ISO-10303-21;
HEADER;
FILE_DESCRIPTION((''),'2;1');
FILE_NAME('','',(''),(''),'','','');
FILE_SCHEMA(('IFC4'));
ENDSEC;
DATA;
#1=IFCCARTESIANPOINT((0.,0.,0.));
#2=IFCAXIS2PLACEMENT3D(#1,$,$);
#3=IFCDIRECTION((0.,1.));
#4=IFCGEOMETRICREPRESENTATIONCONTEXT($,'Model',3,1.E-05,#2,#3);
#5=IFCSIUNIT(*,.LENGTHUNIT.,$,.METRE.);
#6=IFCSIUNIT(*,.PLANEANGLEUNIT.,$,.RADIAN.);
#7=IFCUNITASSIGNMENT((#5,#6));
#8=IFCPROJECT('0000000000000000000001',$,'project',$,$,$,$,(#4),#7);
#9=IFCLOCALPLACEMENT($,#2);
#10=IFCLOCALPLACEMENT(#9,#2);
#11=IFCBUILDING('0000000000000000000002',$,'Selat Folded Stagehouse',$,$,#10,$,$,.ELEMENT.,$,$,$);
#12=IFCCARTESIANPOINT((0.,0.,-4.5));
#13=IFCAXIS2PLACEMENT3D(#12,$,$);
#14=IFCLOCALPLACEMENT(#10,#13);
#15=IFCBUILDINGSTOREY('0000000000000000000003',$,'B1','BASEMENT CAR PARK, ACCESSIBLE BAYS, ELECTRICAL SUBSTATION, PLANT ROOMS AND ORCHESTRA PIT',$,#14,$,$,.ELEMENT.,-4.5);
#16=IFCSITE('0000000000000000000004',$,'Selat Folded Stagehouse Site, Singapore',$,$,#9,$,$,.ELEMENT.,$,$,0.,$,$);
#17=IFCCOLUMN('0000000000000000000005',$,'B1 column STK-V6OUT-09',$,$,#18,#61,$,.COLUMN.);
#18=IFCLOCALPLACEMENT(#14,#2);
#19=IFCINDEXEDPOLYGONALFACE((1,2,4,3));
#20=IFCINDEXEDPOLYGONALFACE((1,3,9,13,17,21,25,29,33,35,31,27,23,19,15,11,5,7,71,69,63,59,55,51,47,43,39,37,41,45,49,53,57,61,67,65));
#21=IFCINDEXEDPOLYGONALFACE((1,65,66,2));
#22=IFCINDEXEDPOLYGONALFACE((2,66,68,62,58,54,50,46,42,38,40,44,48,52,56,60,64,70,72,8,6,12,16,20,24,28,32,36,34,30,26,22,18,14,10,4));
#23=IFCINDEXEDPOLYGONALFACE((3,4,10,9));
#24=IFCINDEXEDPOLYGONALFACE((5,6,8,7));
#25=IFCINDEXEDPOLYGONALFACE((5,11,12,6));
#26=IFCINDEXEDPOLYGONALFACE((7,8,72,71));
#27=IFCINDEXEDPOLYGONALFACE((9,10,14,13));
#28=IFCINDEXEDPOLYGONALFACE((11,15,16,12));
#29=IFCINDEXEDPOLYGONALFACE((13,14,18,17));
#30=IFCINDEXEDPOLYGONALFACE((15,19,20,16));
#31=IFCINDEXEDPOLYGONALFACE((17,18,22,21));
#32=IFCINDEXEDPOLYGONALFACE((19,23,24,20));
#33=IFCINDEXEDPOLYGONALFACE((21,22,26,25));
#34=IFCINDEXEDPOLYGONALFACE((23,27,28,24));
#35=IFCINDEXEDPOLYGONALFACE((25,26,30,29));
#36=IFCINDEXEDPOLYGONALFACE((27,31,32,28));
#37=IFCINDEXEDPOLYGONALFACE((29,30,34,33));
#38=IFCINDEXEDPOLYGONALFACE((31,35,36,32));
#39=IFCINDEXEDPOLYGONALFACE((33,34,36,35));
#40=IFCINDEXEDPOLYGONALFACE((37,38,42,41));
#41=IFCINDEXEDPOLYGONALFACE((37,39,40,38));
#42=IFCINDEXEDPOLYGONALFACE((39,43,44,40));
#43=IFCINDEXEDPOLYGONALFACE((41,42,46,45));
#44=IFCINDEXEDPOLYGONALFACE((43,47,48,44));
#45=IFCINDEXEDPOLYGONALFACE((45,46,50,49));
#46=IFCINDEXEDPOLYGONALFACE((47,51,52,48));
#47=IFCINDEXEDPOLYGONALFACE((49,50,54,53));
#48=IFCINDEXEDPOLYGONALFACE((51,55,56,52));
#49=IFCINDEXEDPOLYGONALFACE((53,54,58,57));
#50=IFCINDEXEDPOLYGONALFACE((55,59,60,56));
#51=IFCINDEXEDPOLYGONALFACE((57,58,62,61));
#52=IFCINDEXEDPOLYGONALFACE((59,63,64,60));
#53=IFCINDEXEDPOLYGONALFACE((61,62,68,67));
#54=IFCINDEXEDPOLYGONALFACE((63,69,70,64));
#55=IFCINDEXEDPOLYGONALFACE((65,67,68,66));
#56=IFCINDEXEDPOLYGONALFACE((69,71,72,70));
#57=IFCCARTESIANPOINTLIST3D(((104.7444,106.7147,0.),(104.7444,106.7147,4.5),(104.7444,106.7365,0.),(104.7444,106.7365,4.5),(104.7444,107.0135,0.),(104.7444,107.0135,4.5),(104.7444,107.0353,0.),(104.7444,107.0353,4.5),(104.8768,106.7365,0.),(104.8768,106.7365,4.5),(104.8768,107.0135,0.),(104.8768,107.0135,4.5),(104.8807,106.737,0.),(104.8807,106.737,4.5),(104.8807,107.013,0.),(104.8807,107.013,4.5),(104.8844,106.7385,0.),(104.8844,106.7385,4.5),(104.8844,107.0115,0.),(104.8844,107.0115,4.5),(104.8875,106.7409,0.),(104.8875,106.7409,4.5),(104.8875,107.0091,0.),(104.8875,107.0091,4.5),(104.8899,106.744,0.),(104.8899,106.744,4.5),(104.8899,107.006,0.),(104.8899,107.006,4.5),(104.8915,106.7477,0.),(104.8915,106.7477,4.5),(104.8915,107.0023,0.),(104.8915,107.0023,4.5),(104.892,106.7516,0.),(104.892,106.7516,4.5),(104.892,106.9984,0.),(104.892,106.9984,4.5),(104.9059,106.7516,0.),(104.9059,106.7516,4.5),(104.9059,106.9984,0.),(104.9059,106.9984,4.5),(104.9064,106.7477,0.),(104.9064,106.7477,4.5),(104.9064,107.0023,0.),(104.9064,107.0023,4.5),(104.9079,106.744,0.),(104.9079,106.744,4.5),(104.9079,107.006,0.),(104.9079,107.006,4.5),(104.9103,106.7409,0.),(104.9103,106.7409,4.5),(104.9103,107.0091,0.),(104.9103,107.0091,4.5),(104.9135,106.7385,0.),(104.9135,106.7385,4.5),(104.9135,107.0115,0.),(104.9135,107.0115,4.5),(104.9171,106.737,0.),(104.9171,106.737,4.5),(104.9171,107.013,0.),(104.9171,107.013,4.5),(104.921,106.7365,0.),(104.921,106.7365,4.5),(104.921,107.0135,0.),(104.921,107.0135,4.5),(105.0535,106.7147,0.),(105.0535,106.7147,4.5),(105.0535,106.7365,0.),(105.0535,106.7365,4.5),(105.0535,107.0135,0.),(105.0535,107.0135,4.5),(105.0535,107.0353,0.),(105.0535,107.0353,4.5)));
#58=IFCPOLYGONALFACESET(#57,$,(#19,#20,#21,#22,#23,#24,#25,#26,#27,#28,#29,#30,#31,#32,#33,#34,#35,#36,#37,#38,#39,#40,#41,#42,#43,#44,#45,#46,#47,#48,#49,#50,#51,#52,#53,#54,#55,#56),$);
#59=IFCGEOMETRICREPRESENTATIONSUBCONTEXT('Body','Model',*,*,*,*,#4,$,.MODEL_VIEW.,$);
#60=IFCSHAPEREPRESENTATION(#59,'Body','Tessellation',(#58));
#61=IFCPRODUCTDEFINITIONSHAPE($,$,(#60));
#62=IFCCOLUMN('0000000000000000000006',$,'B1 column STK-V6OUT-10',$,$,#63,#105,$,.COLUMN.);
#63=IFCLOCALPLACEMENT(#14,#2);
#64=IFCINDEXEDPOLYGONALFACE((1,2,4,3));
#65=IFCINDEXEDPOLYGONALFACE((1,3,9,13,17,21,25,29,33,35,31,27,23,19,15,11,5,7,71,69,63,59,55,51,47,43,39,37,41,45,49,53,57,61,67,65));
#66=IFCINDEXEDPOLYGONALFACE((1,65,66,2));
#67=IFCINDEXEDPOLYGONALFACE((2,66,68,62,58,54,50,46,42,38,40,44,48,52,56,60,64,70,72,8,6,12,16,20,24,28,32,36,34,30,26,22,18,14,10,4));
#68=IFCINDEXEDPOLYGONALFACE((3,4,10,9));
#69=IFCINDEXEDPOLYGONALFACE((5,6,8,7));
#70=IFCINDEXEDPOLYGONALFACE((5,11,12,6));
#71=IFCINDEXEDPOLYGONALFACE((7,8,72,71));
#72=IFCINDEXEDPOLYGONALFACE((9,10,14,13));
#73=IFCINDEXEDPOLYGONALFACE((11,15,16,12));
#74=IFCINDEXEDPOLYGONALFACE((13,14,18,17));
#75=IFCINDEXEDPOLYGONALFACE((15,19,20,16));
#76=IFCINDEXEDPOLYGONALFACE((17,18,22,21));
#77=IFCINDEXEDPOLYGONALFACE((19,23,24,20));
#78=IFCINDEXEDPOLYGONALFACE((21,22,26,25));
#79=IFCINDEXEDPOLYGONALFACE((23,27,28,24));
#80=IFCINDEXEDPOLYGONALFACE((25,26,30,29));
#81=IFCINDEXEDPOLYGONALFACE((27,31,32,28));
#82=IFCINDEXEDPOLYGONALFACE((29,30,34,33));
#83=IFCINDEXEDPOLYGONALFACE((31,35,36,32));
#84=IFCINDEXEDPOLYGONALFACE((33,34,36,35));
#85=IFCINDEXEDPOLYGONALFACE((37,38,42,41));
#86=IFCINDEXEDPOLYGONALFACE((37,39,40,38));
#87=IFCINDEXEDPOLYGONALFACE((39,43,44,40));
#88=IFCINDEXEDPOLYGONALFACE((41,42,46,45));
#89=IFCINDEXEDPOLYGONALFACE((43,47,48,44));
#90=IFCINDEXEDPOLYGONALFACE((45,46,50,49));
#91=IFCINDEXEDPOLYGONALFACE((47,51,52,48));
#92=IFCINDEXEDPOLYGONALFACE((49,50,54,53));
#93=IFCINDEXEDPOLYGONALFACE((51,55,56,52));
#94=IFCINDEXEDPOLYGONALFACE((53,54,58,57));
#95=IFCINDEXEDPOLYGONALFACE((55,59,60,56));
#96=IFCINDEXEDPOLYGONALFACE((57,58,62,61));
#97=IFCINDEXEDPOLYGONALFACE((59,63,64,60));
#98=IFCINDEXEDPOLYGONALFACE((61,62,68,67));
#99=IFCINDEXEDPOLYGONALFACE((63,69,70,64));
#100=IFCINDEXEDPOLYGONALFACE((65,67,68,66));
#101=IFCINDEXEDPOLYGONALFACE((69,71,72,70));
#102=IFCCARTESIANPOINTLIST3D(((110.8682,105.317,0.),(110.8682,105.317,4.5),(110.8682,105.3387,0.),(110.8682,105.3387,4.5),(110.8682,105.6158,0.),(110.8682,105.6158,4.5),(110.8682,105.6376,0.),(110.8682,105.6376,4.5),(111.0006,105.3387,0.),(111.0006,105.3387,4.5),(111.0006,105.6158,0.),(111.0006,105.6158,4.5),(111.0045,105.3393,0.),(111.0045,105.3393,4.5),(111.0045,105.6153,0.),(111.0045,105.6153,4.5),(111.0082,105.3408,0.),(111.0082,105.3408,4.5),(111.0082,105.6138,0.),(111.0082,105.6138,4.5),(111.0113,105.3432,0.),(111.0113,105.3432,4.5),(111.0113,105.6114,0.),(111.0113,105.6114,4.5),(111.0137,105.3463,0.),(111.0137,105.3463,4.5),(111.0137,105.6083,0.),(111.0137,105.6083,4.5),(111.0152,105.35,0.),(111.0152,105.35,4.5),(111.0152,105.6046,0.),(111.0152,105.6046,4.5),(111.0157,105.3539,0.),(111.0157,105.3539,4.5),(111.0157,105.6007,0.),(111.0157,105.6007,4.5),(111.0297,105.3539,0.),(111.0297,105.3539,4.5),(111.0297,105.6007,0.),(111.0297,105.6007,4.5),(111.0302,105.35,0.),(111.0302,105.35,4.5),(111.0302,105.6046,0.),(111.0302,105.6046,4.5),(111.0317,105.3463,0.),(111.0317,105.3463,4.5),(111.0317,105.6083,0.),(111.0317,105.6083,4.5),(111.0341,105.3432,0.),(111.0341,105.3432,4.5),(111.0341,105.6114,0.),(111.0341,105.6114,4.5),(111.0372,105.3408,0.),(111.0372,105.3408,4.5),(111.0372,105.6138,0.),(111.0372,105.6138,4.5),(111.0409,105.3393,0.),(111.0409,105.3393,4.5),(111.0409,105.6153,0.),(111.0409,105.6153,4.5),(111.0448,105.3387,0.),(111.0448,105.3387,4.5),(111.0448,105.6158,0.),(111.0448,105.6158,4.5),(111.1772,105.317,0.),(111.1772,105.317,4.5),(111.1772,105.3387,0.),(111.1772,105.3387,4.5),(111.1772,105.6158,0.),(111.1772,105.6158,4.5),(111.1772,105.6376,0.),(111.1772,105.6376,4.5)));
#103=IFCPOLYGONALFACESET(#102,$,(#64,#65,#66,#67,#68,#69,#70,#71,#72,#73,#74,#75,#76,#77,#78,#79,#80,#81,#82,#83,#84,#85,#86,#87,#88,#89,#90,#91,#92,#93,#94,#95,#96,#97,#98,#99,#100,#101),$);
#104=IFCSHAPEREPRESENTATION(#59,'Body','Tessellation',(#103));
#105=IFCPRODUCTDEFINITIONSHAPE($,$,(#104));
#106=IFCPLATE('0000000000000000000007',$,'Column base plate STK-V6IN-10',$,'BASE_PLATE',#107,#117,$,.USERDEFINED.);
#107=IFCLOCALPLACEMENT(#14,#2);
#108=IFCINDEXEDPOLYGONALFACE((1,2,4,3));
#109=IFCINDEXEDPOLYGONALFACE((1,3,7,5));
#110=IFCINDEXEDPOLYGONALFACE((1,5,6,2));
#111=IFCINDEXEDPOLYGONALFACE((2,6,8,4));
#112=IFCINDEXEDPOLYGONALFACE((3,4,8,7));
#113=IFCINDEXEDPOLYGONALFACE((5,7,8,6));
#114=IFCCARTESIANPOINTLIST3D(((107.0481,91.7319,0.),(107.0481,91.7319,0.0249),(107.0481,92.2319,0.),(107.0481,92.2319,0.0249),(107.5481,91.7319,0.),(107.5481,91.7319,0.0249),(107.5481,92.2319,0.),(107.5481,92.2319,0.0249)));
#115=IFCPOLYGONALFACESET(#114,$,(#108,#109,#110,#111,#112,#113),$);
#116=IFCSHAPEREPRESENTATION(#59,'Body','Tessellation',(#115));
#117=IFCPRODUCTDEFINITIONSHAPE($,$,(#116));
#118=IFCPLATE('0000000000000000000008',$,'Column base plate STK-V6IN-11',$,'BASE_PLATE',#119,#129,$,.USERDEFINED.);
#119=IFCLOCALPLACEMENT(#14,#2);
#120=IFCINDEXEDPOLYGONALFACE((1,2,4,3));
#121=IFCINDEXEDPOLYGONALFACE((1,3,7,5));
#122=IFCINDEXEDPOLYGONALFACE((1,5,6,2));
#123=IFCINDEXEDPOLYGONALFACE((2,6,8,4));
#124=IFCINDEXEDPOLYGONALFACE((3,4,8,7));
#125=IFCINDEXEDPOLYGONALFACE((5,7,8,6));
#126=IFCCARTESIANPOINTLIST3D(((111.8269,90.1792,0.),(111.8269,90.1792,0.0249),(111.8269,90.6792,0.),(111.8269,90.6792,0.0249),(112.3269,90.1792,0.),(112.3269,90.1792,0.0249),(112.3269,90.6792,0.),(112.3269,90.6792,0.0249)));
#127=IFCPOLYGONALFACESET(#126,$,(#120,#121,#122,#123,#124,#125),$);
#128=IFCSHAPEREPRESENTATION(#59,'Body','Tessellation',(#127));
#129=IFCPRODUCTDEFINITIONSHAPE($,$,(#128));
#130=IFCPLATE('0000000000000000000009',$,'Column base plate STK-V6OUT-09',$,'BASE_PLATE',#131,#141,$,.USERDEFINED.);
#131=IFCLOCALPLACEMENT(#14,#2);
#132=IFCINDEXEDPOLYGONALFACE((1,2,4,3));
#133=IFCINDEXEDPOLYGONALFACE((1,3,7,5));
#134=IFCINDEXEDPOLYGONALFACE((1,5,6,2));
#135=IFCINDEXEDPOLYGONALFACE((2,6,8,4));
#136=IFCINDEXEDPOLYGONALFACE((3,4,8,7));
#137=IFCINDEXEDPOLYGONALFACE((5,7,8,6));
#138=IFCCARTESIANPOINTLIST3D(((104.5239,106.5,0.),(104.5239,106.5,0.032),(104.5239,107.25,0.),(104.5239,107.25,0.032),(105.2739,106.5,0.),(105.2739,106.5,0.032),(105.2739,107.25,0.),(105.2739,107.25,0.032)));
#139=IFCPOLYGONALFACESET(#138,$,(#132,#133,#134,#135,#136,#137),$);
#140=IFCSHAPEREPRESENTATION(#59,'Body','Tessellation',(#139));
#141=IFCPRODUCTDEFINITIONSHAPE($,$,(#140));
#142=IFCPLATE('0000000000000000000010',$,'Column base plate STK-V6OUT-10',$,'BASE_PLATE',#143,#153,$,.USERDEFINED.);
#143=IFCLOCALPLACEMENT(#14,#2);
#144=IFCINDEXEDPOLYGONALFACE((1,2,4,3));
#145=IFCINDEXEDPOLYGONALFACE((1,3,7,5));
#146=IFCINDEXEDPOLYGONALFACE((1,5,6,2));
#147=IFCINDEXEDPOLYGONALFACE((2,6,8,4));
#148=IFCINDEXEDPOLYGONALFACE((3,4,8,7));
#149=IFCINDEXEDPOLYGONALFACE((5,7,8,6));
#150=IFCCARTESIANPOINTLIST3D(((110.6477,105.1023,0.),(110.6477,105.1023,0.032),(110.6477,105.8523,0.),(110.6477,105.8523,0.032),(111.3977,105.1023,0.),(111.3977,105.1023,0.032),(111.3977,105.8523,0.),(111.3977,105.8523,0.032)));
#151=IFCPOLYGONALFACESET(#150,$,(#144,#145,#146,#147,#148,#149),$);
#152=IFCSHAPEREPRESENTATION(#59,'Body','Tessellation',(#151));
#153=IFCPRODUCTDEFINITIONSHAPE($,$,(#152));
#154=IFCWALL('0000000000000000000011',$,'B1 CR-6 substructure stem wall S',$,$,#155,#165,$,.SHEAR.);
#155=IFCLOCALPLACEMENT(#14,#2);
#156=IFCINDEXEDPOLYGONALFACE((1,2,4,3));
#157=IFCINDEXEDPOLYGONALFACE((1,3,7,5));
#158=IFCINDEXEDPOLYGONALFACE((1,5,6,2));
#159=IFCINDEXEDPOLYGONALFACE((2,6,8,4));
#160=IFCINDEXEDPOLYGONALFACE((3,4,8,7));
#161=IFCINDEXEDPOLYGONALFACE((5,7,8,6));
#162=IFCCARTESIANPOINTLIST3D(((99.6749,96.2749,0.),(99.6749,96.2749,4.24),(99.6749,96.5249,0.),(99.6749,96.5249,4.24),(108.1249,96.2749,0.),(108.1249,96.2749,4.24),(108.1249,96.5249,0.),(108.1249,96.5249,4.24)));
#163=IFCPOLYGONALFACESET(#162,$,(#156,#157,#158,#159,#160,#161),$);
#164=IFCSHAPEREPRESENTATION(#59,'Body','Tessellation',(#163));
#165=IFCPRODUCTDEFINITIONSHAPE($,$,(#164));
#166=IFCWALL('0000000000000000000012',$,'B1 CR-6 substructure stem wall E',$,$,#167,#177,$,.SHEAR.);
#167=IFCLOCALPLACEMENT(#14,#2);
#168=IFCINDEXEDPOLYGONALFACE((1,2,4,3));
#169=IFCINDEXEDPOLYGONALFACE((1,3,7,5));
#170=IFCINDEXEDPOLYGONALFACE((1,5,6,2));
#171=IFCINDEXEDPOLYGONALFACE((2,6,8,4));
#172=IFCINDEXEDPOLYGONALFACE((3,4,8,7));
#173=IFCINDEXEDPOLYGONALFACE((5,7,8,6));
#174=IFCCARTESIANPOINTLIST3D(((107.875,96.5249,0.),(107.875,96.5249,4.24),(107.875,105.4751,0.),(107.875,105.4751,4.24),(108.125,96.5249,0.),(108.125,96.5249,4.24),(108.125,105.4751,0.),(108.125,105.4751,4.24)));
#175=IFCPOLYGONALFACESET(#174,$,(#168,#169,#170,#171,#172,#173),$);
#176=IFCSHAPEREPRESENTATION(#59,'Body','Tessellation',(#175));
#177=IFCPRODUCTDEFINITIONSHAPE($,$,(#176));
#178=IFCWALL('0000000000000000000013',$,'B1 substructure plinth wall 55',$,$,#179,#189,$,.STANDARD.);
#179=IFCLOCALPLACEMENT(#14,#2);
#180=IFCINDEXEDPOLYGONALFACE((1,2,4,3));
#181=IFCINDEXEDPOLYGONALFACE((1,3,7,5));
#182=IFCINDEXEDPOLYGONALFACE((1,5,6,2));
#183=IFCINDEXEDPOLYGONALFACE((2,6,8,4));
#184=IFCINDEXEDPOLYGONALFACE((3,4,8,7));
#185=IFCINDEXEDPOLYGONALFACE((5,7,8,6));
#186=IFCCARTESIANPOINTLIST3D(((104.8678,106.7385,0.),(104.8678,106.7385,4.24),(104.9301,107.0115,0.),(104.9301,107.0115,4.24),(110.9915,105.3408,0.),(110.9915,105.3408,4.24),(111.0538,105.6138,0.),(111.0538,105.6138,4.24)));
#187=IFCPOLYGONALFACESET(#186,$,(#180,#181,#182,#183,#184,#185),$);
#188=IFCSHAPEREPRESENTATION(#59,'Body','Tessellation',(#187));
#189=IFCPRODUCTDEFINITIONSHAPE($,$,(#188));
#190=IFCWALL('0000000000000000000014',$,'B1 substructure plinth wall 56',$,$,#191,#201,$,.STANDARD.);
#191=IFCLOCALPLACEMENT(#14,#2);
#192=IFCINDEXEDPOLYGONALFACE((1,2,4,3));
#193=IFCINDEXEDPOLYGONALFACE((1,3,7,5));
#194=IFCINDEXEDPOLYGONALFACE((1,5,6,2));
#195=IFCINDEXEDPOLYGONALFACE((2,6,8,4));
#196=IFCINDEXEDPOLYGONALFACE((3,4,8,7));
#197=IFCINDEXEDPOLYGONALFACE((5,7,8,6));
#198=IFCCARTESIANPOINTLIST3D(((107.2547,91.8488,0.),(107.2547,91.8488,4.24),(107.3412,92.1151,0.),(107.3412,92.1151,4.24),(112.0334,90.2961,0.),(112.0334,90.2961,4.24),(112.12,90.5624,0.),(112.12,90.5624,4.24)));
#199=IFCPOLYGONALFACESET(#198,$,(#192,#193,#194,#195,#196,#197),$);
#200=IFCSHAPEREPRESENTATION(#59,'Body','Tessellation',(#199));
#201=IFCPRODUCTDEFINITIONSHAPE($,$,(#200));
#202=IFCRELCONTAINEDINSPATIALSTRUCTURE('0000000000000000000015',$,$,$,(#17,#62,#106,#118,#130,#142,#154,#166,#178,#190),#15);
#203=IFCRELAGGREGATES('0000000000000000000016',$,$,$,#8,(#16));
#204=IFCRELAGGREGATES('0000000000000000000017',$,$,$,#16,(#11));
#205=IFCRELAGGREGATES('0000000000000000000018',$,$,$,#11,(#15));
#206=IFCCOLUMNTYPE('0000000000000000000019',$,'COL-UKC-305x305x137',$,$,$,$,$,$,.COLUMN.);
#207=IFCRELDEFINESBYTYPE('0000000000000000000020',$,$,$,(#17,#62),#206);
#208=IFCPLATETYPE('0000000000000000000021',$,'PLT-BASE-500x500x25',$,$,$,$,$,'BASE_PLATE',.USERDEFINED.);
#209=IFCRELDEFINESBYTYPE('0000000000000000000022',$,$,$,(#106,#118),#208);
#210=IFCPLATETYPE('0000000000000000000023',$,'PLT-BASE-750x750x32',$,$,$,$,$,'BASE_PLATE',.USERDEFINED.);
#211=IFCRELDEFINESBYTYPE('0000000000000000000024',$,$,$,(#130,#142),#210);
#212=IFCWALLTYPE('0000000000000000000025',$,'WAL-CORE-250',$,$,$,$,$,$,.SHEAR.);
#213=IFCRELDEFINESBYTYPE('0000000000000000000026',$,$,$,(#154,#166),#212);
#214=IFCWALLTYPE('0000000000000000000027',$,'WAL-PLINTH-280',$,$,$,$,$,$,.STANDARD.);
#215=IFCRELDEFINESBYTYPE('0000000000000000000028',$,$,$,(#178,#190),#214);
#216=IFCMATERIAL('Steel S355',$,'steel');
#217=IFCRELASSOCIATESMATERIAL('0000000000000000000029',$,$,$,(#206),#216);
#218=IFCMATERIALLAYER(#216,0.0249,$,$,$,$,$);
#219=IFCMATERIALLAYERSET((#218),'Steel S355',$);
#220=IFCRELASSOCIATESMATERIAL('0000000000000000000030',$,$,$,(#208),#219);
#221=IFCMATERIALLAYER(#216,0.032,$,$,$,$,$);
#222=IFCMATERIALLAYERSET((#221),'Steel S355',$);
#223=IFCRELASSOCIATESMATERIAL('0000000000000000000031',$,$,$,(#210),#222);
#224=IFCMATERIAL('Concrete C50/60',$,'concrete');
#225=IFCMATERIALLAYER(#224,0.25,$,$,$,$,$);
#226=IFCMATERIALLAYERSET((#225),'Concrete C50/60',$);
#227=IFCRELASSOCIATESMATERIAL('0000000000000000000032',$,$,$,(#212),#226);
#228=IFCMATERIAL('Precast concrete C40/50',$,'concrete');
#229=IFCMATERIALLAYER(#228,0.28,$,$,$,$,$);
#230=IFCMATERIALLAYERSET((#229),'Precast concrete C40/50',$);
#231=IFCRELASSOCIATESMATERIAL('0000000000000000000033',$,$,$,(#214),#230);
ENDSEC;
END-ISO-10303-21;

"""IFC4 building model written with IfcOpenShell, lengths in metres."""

from ifc_helpers import new_model, si_unit, direction, frame, frame_2d, origin, origin_2d, place, context, subcontext, project, spatial, rectangle, i_section, extrude, material, layer, layer_set, material_profile, profile_set, type_object, element, save


model = new_model("IFC4")

# Units and contexts
model_context = context("Model", 3, precision=1e-05, world=origin(), true_north=direction((0.0, 1.0)))
body_context = subcontext(model_context, "Body", "Model", "MODEL_VIEW")
ifc_project = project(units=[si_unit("LENGTHUNIT", "METRE"), si_unit("PLANEANGLEUNIT", "RADIAN")], contexts=[model_context])

# Site, building, storey
site_placement = place(None, origin())
site = spatial("IfcSite", under=ifc_project, at=site_placement, Name="Selat Folded Stagehouse Site, Singapore", CompositionType="ELEMENT", RefElevation=0.0)
building_placement = place(site_placement, origin())
building = spatial("IfcBuilding", under=site, at=building_placement, Name="Selat Folded Stagehouse", CompositionType="ELEMENT")
storey_placement = place(building_placement, frame((0.0, 0.0, -4.5)))
storey = spatial("IfcBuildingStorey", under=building, at=storey_placement, Name="B1", Description="BASEMENT CAR PARK, ACCESSIBLE BAYS, ELECTRICAL SUBSTATION, PLANT ROOMS AND ORCHESTRA PIT", CompositionType="ELEMENT", Elevation=-4.5)

# Columns
ifc_material_1 = material(Name="Steel S355", Category="steel")
ifc_material_profile_1 = material_profile(ifc_material_1, i_section(OverallWidth=0.3091, OverallDepth=0.3206, WebThickness=0.0139, FlangeThickness=0.0217, FilletRadius=0.0151, at=origin_2d()), Name="UKC 305x305x137")
ifc_profile_set_1 = profile_set([ifc_material_profile_1], Name="Steel S355")
column_type_1 = type_object("IfcColumnType", Name="COL-UKC-305x305x137", PredefinedType="COLUMN", material=ifc_profile_set_1)
for number, where, z_axis, x_axis, name in (
    (1, (104.8989, 106.875, 0.0), (0.0, 0.0, 1.0), (1.0, 0.0, 0.0), "B1 column STK-V6OUT-09"),
    (2, (111.0227, 105.4773, 0.0), (0.0, 0.0, 1.0), (1.0, 0.0, 0.0), "B1 column STK-V6OUT-10"),
):
    element("IfcColumn", number, at=place(storey_placement, frame(where, z_axis=z_axis, x_axis=x_axis)), inside=storey, type_object=column_type_1, Name=name, PredefinedType="COLUMN", context=body_context, shape_type="SweptSolid", body=[
        extrude(i_section(OverallWidth=0.3091, OverallDepth=0.3206, WebThickness=0.0139, FlangeThickness=0.0217, FilletRadius=0.0151, at=origin_2d()), origin(), (0.0, 0.0, 1.0), 4.5),
    ])

# Plates
ifc_layer_1 = layer(ifc_material_1, 0.0249)
ifc_layer_set_1 = layer_set([ifc_layer_1], Name="Steel S355")
plate_type_1 = type_object("IfcPlateType", Name="PLT-BASE-500x500x25", ElementType="BASE_PLATE", PredefinedType="USERDEFINED", material=ifc_layer_set_1)
for number, where, z_axis, x_axis, name in (
    (3, (107.2981, 91.9819, 0.0), (0.0, 0.0, 1.0), (1.0, 0.0, 0.0), "Column base plate STK-V6IN-10"),
    (4, (112.0769, 90.4292, 0.0), (0.0, 0.0, 1.0), (1.0, 0.0, 0.0), "Column base plate STK-V6IN-11"),
):
    element("IfcPlate", number, at=place(storey_placement, frame(where, z_axis=z_axis, x_axis=x_axis)), inside=storey, type_object=plate_type_1, Name=name, ObjectType="BASE_PLATE", PredefinedType="USERDEFINED", context=body_context, shape_type="SweptSolid", body=[
        extrude(rectangle(XDim=0.5, YDim=0.5, at=origin_2d()), origin(), (0.0, 0.0, 1.0), 0.0249),
    ])
ifc_layer_2 = layer(ifc_material_1, 0.032)
ifc_layer_set_2 = layer_set([ifc_layer_2], Name="Steel S355")
plate_type_2 = type_object("IfcPlateType", Name="PLT-BASE-750x750x32", ElementType="BASE_PLATE", PredefinedType="USERDEFINED", material=ifc_layer_set_2)
for number, where, z_axis, x_axis, name in (
    (5, (104.8989, 106.875, 0.0), (0.0, 0.0, 1.0), (1.0, 0.0, 0.0), "Column base plate STK-V6OUT-09"),
    (6, (111.0227, 105.4773, 0.0), (0.0, 0.0, 1.0), (1.0, 0.0, 0.0), "Column base plate STK-V6OUT-10"),
):
    element("IfcPlate", number, at=place(storey_placement, frame(where, z_axis=z_axis, x_axis=x_axis)), inside=storey, type_object=plate_type_2, Name=name, ObjectType="BASE_PLATE", PredefinedType="USERDEFINED", context=body_context, shape_type="SweptSolid", body=[
        extrude(rectangle(XDim=0.75, YDim=0.75, at=origin_2d()), origin(), (0.0, 0.0, 1.0), 0.032),
    ])

# Walls
ifc_material_2 = material(Name="Concrete C50/60", Category="concrete")
ifc_layer_3 = layer(ifc_material_2, 0.25)
ifc_layer_set_3 = layer_set([ifc_layer_3], Name="Concrete C50/60")
wall_type_1 = type_object("IfcWallType", Name="WAL-CORE-250", PredefinedType="SHEAR", material=ifc_layer_set_3)
wall_1_placement = place(storey_placement, frame((108.125, 96.3999, 0.0), z_axis=(0.0, 0.0, 1.0), x_axis=(-1.0, 0.0, 0.0)))
element("IfcWall", 7, at=wall_1_placement, inside=storey, type_object=wall_type_1, Name="B1 CR-6 substructure stem wall S", PredefinedType="SHEAR", context=body_context, shape_type="SweptSolid", body=[
    extrude(rectangle(XDim=8.45, YDim=0.25, at=frame_2d((4.2251, 0.0))), origin(), (0.0, 0.0, 1.0), 4.24),
])
wall_2_placement = place(storey_placement, frame((108.0, 105.4751, 0.0), z_axis=(0.0, 0.0, 1.0), x_axis=(0.0, -1.0, 0.0)))
element("IfcWall", 8, at=wall_2_placement, inside=storey, type_object=wall_type_1, Name="B1 CR-6 substructure stem wall E", PredefinedType="SHEAR", context=body_context, shape_type="SweptSolid", body=[
    extrude(rectangle(XDim=8.9502, YDim=0.25, at=frame_2d((4.4751, 0.0))), origin(), (0.0, 0.0, 1.0), 4.24),
])
ifc_material_3 = material(Name="Precast concrete C40/50", Category="concrete")
ifc_layer_4 = layer(ifc_material_3, 0.28)
ifc_layer_set_4 = layer_set([ifc_layer_4], Name="Precast concrete C40/50")
wall_type_2 = type_object("IfcWallType", Name="WAL-PLINTH-280", PredefinedType="STANDARD", material=ifc_layer_set_4)
wall_3_placement = place(storey_placement, frame((104.8989, 106.875, 0.0), z_axis=(0.0, 0.0, 1.0), x_axis=(0.974928, -0.22252, 0.0)))
element("IfcWall", 9, at=wall_3_placement, inside=storey, type_object=wall_type_2, Name="B1 substructure plinth wall 55", PredefinedType="STANDARD", context=body_context, shape_type="SweptSolid", body=[
    extrude(rectangle(XDim=6.2812, YDim=0.28, at=frame_2d((3.1406, 0.0))), origin(), (0.0, 0.0, 1.0), 4.24),
])
wall_4_placement = place(storey_placement, frame((107.2981, 91.9819, 0.0), z_axis=(0.0, 0.0, 1.0), x_axis=(0.951056, -0.309018, 0.0)))
element("IfcWall", 10, at=wall_4_placement, inside=storey, type_object=wall_type_2, Name="B1 substructure plinth wall 56", PredefinedType="STANDARD", context=body_context, shape_type="SweptSolid", body=[
    extrude(rectangle(XDim=5.0247, YDim=0.28, at=frame_2d((2.5122, 0.0))), origin(), (0.0, 0.0, 1.0), 4.24),
])

save(model, "model.ifc")
